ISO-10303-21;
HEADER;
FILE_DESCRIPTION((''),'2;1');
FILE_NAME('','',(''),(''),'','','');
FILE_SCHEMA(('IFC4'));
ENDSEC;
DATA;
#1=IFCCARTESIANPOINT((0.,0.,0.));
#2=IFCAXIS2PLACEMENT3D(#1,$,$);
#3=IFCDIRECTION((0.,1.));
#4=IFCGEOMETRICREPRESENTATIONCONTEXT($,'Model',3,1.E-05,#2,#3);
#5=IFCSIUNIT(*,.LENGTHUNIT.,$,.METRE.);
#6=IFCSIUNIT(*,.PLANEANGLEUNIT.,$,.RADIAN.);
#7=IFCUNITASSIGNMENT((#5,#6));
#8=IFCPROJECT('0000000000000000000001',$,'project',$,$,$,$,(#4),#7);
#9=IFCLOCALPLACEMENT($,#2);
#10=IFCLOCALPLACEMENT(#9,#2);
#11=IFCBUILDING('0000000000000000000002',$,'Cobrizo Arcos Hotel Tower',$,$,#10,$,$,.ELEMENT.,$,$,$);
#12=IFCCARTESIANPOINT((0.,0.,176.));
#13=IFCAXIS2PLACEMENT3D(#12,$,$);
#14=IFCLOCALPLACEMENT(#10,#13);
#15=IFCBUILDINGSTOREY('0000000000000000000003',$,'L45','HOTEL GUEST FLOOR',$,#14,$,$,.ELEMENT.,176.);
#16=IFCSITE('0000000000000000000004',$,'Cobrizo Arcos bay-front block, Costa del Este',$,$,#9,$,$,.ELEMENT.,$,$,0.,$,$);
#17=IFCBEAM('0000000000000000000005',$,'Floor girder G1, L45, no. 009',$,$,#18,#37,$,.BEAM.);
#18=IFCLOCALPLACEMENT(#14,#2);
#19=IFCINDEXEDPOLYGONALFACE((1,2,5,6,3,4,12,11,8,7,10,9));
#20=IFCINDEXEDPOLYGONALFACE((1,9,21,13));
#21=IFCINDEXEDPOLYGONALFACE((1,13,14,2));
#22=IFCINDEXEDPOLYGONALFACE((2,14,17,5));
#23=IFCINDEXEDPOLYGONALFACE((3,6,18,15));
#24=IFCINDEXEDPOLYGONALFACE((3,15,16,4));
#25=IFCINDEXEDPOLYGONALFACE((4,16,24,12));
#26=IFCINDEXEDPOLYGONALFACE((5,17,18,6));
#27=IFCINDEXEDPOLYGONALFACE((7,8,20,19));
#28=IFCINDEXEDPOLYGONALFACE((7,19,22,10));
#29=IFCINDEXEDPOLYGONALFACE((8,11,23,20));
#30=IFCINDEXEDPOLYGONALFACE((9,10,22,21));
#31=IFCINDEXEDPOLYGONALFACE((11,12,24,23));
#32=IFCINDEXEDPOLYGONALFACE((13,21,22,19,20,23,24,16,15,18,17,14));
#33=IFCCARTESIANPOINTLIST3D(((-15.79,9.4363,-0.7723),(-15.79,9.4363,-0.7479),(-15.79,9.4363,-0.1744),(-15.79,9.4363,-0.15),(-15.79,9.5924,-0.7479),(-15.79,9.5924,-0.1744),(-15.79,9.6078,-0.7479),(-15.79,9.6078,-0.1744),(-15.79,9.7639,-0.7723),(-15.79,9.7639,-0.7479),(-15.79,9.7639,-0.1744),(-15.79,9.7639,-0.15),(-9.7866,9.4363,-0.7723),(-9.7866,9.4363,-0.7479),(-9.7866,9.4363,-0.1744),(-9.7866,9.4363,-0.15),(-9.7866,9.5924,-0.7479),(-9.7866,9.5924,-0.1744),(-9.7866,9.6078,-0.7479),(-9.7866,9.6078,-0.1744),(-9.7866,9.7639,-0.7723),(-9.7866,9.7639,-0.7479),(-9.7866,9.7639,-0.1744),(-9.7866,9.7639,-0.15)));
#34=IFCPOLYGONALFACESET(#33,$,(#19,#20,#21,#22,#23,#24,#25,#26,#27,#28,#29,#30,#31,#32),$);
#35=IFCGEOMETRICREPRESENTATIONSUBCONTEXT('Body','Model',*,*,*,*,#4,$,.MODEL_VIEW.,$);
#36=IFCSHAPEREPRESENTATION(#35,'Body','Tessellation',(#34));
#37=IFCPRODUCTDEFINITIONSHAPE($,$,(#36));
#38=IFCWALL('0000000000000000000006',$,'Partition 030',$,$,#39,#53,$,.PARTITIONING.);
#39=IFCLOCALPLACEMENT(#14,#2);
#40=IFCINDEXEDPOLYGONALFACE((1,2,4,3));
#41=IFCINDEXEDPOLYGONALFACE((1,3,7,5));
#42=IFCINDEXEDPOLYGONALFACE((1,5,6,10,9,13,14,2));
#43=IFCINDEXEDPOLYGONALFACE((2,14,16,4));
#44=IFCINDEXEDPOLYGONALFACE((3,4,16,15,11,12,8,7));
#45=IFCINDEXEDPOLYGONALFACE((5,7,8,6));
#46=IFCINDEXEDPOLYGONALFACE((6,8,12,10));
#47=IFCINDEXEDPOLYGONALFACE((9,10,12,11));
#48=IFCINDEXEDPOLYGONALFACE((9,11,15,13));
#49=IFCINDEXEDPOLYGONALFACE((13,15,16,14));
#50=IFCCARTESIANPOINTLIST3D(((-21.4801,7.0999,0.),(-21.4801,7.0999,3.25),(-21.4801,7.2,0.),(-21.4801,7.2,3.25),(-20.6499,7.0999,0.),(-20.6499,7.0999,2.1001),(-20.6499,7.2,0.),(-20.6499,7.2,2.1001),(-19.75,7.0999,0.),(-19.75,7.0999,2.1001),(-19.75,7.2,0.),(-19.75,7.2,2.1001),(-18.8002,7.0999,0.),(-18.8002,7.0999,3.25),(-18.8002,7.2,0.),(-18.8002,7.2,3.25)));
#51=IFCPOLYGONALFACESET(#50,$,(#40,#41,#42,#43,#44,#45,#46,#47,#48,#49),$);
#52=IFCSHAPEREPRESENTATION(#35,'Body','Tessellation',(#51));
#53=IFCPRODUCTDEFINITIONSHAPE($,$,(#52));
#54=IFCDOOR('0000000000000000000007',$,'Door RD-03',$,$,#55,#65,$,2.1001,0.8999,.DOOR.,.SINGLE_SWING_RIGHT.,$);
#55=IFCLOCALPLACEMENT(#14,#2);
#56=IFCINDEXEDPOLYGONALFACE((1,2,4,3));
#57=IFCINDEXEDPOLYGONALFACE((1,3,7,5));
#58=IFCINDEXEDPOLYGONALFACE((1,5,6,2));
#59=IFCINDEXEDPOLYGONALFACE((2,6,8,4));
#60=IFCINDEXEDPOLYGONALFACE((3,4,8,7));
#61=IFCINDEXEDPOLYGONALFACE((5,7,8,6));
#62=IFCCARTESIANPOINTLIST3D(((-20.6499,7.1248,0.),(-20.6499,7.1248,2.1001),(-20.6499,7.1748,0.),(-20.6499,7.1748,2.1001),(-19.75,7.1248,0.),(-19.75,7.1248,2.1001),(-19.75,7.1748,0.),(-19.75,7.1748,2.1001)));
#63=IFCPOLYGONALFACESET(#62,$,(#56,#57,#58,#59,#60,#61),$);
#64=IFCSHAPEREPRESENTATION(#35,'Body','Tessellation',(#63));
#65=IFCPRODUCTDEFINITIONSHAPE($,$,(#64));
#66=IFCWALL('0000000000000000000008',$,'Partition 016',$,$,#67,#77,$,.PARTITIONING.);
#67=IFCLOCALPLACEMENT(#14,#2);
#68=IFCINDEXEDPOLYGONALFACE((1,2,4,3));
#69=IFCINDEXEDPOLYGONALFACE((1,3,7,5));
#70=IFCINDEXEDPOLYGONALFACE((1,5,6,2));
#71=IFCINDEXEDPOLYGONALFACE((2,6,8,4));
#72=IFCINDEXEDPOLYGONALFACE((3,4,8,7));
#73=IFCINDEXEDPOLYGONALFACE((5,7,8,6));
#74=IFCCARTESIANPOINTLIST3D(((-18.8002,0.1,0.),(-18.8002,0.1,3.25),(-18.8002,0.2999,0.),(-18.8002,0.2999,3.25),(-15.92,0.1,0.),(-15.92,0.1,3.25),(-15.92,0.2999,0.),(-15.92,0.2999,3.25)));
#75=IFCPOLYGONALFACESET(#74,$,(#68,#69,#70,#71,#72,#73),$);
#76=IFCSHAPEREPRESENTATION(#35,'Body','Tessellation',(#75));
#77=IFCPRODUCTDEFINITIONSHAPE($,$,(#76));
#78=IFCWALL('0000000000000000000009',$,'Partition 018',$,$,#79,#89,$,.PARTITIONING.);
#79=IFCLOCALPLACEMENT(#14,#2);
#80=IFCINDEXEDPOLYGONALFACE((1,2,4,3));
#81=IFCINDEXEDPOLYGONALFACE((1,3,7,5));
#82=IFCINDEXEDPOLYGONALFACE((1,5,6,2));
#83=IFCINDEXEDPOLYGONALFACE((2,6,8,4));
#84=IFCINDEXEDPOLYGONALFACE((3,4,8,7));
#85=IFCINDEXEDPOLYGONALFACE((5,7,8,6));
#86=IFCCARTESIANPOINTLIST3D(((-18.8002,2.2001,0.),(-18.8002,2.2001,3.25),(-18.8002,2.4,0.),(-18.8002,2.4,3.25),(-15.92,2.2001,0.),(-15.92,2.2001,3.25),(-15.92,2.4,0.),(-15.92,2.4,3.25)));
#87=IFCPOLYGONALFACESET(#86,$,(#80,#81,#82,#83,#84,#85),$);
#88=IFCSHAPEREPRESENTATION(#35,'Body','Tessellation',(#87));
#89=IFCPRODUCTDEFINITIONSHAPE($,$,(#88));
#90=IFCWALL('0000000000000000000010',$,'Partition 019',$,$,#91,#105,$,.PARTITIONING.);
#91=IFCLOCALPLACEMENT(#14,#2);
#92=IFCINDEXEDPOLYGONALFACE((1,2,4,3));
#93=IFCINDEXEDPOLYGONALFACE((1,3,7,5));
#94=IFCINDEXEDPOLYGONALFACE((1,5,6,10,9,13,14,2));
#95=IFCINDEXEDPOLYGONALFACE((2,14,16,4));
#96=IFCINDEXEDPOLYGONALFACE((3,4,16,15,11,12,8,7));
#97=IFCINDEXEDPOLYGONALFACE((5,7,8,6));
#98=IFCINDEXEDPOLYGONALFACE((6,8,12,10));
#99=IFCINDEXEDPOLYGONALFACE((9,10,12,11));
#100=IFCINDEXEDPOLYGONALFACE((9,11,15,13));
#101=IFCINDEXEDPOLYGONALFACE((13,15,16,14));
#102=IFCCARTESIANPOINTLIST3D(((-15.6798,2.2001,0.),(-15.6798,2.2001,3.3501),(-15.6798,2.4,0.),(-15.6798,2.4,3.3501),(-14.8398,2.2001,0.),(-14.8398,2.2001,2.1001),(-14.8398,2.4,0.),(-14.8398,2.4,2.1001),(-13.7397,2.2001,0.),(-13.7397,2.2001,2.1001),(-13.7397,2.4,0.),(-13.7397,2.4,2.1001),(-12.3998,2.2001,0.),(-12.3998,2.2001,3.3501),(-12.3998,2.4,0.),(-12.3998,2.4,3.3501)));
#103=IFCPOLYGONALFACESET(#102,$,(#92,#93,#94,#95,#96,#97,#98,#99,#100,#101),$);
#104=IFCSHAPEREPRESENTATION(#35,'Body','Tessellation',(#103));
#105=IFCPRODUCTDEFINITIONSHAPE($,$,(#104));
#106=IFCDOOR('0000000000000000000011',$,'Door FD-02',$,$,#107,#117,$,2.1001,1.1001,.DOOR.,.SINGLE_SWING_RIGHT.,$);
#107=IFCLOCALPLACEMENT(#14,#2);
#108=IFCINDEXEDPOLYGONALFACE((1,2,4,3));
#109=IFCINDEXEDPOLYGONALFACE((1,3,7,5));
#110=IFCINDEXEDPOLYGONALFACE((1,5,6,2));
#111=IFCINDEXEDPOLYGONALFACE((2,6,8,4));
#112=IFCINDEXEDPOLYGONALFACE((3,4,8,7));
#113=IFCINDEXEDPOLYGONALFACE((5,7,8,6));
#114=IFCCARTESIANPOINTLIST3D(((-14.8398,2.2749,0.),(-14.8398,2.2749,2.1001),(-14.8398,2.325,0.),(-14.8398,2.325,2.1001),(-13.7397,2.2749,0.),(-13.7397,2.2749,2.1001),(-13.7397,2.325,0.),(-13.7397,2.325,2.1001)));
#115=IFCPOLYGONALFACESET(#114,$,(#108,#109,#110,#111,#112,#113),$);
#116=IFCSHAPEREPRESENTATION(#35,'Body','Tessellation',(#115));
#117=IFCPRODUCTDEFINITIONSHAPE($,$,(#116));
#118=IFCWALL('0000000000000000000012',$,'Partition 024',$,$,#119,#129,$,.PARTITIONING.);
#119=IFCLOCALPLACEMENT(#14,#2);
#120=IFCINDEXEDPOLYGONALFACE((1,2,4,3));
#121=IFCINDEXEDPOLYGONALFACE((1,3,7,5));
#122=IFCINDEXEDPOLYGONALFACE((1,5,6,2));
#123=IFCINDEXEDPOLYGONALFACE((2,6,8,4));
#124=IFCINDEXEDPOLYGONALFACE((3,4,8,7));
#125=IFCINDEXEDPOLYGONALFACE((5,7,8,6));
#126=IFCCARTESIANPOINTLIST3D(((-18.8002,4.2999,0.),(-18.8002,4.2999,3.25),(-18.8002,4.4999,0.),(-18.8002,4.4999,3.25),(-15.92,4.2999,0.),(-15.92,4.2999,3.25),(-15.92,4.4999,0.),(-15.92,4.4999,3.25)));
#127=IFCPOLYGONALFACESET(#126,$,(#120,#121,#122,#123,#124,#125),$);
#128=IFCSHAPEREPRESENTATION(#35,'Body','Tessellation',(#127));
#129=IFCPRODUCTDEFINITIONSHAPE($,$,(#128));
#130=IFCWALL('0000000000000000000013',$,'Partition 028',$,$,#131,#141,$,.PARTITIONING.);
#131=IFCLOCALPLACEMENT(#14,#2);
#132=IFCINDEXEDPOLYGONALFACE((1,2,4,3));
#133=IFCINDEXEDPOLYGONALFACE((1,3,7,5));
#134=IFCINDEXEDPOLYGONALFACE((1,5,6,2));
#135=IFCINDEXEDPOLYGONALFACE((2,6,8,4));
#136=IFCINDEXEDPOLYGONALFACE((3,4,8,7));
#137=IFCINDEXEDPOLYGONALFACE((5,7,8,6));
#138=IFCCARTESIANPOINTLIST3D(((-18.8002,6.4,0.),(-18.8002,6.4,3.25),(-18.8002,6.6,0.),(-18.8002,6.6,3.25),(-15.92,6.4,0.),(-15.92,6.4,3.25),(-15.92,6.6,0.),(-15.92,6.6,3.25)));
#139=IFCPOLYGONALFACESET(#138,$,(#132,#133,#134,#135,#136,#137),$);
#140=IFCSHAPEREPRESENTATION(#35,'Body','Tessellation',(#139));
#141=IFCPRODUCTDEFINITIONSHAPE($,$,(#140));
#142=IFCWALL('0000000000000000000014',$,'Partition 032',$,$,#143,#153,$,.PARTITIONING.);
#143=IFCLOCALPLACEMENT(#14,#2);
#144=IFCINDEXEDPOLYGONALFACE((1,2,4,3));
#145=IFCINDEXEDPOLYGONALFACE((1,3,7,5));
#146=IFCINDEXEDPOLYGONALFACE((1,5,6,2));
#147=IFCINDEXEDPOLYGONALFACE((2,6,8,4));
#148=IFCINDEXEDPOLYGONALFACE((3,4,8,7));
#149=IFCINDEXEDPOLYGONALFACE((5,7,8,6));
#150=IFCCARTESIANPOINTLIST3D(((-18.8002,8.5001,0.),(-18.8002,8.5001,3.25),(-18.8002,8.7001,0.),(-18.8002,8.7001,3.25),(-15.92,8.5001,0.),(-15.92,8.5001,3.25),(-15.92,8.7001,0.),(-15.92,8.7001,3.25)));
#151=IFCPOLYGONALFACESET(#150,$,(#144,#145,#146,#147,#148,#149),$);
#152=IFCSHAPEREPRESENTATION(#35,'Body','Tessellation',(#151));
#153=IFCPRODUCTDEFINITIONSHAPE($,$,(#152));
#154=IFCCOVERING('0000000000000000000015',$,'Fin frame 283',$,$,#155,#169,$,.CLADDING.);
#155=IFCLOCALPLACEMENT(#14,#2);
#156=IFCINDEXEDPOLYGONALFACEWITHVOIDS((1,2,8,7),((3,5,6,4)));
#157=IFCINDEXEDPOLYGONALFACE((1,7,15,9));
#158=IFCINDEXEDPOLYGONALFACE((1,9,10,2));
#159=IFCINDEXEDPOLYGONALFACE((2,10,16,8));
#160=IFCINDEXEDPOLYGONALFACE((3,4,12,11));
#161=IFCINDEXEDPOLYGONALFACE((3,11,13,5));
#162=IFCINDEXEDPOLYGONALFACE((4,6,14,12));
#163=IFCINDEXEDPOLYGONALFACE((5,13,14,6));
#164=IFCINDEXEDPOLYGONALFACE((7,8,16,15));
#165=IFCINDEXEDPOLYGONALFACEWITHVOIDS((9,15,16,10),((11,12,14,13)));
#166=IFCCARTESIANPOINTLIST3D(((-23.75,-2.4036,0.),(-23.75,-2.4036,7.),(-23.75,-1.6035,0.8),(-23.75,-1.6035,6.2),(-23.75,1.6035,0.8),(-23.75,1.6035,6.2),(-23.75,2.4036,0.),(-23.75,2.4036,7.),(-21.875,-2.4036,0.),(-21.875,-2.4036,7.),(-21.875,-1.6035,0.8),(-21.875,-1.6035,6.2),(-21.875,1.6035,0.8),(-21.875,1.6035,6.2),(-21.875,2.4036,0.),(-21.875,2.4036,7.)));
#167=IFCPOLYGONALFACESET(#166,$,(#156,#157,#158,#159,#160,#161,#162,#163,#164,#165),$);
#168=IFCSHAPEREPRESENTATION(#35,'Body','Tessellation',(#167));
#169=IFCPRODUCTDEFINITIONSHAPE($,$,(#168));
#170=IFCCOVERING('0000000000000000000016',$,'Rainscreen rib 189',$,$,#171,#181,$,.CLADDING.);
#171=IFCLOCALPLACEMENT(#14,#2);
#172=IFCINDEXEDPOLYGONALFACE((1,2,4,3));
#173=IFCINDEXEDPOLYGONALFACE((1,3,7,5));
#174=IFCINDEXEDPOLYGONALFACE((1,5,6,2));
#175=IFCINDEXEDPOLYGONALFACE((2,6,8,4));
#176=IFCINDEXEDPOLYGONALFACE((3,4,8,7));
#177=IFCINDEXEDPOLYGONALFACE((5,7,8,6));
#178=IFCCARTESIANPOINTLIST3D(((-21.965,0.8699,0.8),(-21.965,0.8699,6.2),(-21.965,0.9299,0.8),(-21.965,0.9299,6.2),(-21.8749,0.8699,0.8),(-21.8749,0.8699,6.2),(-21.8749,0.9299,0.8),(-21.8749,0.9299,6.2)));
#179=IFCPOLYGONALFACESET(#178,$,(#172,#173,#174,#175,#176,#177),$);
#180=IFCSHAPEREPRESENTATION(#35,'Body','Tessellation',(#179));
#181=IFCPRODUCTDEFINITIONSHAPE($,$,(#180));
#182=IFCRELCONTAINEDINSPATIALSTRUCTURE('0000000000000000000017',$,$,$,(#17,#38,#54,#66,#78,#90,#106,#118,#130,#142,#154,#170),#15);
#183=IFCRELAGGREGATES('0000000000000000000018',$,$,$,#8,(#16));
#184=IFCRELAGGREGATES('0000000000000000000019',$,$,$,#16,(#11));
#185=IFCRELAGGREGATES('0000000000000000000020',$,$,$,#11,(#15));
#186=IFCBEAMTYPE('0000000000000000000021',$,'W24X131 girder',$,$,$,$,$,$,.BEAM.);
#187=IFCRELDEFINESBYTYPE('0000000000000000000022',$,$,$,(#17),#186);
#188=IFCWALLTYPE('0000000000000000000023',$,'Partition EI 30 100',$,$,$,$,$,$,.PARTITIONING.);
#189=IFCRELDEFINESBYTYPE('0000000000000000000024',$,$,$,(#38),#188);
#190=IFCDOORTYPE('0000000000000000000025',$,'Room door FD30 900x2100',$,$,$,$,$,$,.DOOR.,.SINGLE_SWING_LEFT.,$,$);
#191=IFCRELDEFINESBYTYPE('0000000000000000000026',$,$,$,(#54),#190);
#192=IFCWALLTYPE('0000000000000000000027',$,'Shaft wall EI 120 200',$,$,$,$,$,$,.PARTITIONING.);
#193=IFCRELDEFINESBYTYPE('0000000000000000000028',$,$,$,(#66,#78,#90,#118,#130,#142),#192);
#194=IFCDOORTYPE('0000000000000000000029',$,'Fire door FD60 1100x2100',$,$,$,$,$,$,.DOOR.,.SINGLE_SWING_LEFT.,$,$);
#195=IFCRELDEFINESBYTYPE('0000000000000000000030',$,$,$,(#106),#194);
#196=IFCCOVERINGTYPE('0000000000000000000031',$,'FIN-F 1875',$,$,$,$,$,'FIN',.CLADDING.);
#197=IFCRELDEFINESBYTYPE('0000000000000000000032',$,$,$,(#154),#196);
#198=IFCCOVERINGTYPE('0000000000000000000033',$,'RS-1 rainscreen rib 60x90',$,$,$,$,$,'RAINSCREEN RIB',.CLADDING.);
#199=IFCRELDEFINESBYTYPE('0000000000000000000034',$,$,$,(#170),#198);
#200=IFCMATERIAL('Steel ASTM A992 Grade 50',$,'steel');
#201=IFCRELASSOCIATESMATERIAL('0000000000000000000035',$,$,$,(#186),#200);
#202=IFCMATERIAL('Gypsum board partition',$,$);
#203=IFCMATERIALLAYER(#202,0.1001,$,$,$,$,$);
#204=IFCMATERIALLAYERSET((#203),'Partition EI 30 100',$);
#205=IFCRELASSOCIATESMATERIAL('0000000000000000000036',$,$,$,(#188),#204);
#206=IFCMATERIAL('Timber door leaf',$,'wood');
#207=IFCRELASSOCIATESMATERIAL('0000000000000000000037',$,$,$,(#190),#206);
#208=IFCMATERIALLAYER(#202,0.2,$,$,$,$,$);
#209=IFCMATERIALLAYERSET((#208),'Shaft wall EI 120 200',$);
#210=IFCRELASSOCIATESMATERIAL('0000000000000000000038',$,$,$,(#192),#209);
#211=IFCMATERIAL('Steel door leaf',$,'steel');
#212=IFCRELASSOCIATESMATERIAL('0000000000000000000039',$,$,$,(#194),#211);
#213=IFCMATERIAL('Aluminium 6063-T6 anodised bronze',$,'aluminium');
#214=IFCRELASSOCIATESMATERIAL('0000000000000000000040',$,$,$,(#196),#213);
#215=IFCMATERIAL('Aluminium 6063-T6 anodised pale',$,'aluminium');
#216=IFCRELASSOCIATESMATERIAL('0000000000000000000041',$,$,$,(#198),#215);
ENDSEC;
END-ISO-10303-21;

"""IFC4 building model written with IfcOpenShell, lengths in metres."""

from ifc_helpers import new_model, si_unit, direction, frame, frame_2d, origin, origin_2d, place, context, subcontext, project, spatial, polyline, rectangle, i_section, outline, extrude, material, layer, layer_set, material_profile, profile_set, type_object, element, fill, save


model = new_model("IFC4")

# Units and contexts
model_context = context("Model", 3, precision=1e-05, world=origin(), true_north=direction((0.0, 1.0)))
body_context = subcontext(model_context, "Body", "Model", "MODEL_VIEW")
ifc_project = project(units=[si_unit("LENGTHUNIT", "METRE"), si_unit("PLANEANGLEUNIT", "RADIAN")], contexts=[model_context])

# Site, building, storey
site_placement = place(None, origin())
site = spatial("IfcSite", under=ifc_project, at=site_placement, Name="Cobrizo Arcos bay-front block, Costa del Este", CompositionType="ELEMENT", RefElevation=0.0)
building_placement = place(site_placement, origin())
building = spatial("IfcBuilding", under=site, at=building_placement, Name="Cobrizo Arcos Hotel Tower", CompositionType="ELEMENT")
storey_placement = place(building_placement, frame((0.0, 0.0, 176.0)))
storey = spatial("IfcBuildingStorey", under=building, at=storey_placement, Name="L45", Description="HOTEL GUEST FLOOR", CompositionType="ELEMENT", Elevation=176.0)

# Beam
ifc_material_1 = material(Name="Steel ASTM A992 Grade 50", Category="steel")
ifc_material_profile = material_profile(ifc_material_1, i_section(OverallWidth=0.3276, OverallDepth=0.6223, WebThickness=0.0154, FlangeThickness=0.0244, at=origin_2d()), Name="W24X131")
ifc_profile_set = profile_set([ifc_material_profile], Name="Steel ASTM A992 Grade 50")
beam_type = type_object("IfcBeamType", Name="W24X131 girder", PredefinedType="BEAM", material=ifc_profile_set)
beam_placement = place(storey_placement, frame((-15.79, 9.6001, -0.4612), z_axis=(1.0, 0.0, 0.0), x_axis=(0.0, 1.0, 0.0)))
element("IfcBeam", 1, at=beam_placement, inside=storey, type_object=beam_type, Name="Floor girder G1, L45, no. 009", PredefinedType="BEAM", context=body_context, shape_type="SweptSolid", body=[
    extrude(i_section(OverallWidth=0.3276, OverallDepth=0.6223, WebThickness=0.0154, FlangeThickness=0.0244, at=origin_2d()), origin(), (0.0, 0.0, 1.0), 6.0034),
])

# Wall, opening, door
ifc_material_2 = material(Name="Gypsum board partition")
ifc_layer_1 = layer(ifc_material_2, 0.1001)
ifc_layer_set_1 = layer_set([ifc_layer_1], Name="Partition EI 30 100")
wall_type_1 = type_object("IfcWallType", Name="Partition EI 30 100", PredefinedType="PARTITIONING", material=ifc_layer_set_1)
wall_1_placement = place(storey_placement, frame((-21.48, 7.1499, 0.0), z_axis=(0.0, 0.0, 1.0), x_axis=(1.0, 0.0, 0.0)))
wall_1 = element("IfcWall", 2, at=wall_1_placement, inside=storey, type_object=wall_type_1, Name="Partition 030", PredefinedType="PARTITIONING", context=body_context, shape_type="SweptSolid", body=[
    extrude(rectangle(XDim=2.6799, YDim=0.1001, at=frame_2d((1.3398, 0.0))), origin(), (0.0, 0.0, 1.0), 3.25),
])
opening_1_placement = place(wall_1_placement, frame((0.8301, 0.0, 0.0)))
opening_1 = element("IfcOpeningElement", 3, at=opening_1_placement, cuts=wall_1, PredefinedType="OPENING", context=body_context, shape_type="SweptSolid", body=[
    extrude(rectangle(XDim=0.8999, YDim=2.1001, at=frame_2d((0.45, 1.05))), frame((0.0, 0.062, 0.0), z_axis=(0.0, -1.0, 0.0), x_axis=(1.0, 0.0, 0.0)), (0.0, 0.0, 1.0), 0.124),
])
ifc_material_3 = material(Name="Timber door leaf", Category="wood")
door_type_1 = type_object("IfcDoorType", Name="Room door FD30 900x2100", OperationType="SINGLE_SWING_LEFT", PredefinedType="DOOR", material=ifc_material_3)
door_1_placement = place(opening_1_placement, origin())
door_1 = element("IfcDoor", 4, at=door_1_placement, inside=storey, type_object=door_type_1, Name="Door RD-03", OperationType="SINGLE_SWING_RIGHT", OverallHeight=2.1001, OverallWidth=0.8999, PredefinedType="DOOR", context=body_context, shape_type="SweptSolid", body=[
    extrude(rectangle(XDim=0.8999, YDim=2.1001, at=frame_2d((0.45, 1.05))), frame((0.0, 0.0249, 0.0), z_axis=(0.0, -1.0, 0.0), x_axis=(1.0, 0.0, 0.0)), (0.0, 0.0, 1.0), 0.05),
])
fill(opening_1, door_1)

# Walls
ifc_layer_2 = layer(ifc_material_2, 0.2)
ifc_layer_set_2 = layer_set([ifc_layer_2], Name="Shaft wall EI 120 200")
wall_type_2 = type_object("IfcWallType", Name="Shaft wall EI 120 200", PredefinedType="PARTITIONING", material=ifc_layer_set_2)
for number, where, z_axis, x_axis, name in (
    (5, (-18.8, 0.2, 0.0), (0.0, 0.0, 1.0), (1.0, 0.0, 0.0), "Partition 016"),
    (6, (-18.8, 2.3, 0.0), (0.0, 0.0, 1.0), (1.0, 0.0, 0.0), "Partition 018"),
):
    element("IfcWall", number, at=place(storey_placement, frame(where, z_axis=z_axis, x_axis=x_axis)), inside=storey, type_object=wall_type_2, Name=name, PredefinedType="PARTITIONING", context=body_context, shape_type="SweptSolid", body=[
        extrude(rectangle(XDim=2.8801, YDim=0.2, at=frame_2d((1.4399, 0.0))), origin(), (0.0, 0.0, 1.0), 3.25),
    ])

# Wall, opening, door
wall_2_placement = place(storey_placement, frame((-15.6799, 2.3, 0.0), z_axis=(0.0, 0.0, 1.0), x_axis=(1.0, 0.0, 0.0)))
wall_2 = element("IfcWall", 7, at=wall_2_placement, inside=storey, type_object=wall_type_2, Name="Partition 019", PredefinedType="PARTITIONING", context=body_context, shape_type="SweptSolid", body=[
    extrude(rectangle(XDim=3.28, YDim=0.2, at=frame_2d((1.6401, 0.0))), origin(), (0.0, 0.0, 1.0), 3.3501),
])
opening_2_placement = place(wall_2_placement, frame((0.8401, 0.0, 0.0)))
opening_2 = element("IfcOpeningElement", 8, at=opening_2_placement, cuts=wall_2, PredefinedType="OPENING", context=body_context, shape_type="SweptSolid", body=[
    extrude(rectangle(XDim=1.1001, YDim=2.1001, at=frame_2d((0.55, 1.05))), frame((0.0, 0.1121, 0.0), z_axis=(0.0, -1.0, 0.0), x_axis=(1.0, 0.0, 0.0)), (0.0, 0.0, 1.0), 0.2239),
])
ifc_material_4 = material(Name="Steel door leaf", Category="steel")
door_type_2 = type_object("IfcDoorType", Name="Fire door FD60 1100x2100", OperationType="SINGLE_SWING_LEFT", PredefinedType="DOOR", material=ifc_material_4)
door_2_placement = place(opening_2_placement, origin())
door_2 = element("IfcDoor", 9, at=door_2_placement, inside=storey, type_object=door_type_2, Name="Door FD-02", OperationType="SINGLE_SWING_RIGHT", OverallHeight=2.1001, OverallWidth=1.1001, PredefinedType="DOOR", context=body_context, shape_type="SweptSolid", body=[
    extrude(rectangle(XDim=1.1001, YDim=2.1001, at=frame_2d((0.55, 1.05))), frame((0.0, 0.0249, 0.0), z_axis=(0.0, -1.0, 0.0), x_axis=(1.0, 0.0, 0.0)), (0.0, 0.0, 1.0), 0.05),
])
fill(opening_2, door_2)

# Walls
for number, where, z_axis, x_axis, name in (
    (10, (-18.8, 4.3999, 0.0), (0.0, 0.0, 1.0), (1.0, 0.0, 0.0), "Partition 024"),
    (11, (-18.8, 6.5, 0.0), (0.0, 0.0, 1.0), (1.0, 0.0, 0.0), "Partition 028"),
    (12, (-18.8, 8.6001, 0.0), (0.0, 0.0, 1.0), (1.0, 0.0, 0.0), "Partition 032"),
):
    element("IfcWall", number, at=place(storey_placement, frame(where, z_axis=z_axis, x_axis=x_axis)), inside=storey, type_object=wall_type_2, Name=name, PredefinedType="PARTITIONING", context=body_context, shape_type="SweptSolid", body=[
        extrude(rectangle(XDim=2.8801, YDim=0.2, at=frame_2d((1.4399, 0.0))), origin(), (0.0, 0.0, 1.0), 3.25),
    ])

# Coverings
ifc_material_5 = material(Name="Aluminium 6063-T6 anodised bronze", Category="aluminium")
covering_type_1 = type_object("IfcCoveringType", Name="FIN-F 1875", ElementType="FIN", PredefinedType="CLADDING", material=ifc_material_5)
covering_1_placement = place(storey_placement, frame((-21.875, 2.4036, 0.0), z_axis=(-1.0, 0.0, 0.0), x_axis=(0.0, -1.0, 0.0)))
element("IfcCovering", 13, at=covering_1_placement, inside=storey, type_object=covering_type_1, Name="Fin frame 283", PredefinedType="CLADDING", context=body_context, shape_type="SweptSolid", body=[
    extrude(outline(polyline([(0.0, 7.0), (0.0, 0.0), (4.8071, 0.0), (4.8071, 7.0), (0.0, 7.0)]), holes=[polyline([(4.0071, 0.8), (0.8, 0.8), (0.8, 6.2), (4.0071, 6.2), (4.0071, 0.8)])]), origin(), (0.0, 0.0, 1.0), 1.875),
])
ifc_material_6 = material(Name="Aluminium 6063-T6 anodised pale", Category="aluminium")
covering_type_2 = type_object("IfcCoveringType", Name="RS-1 rainscreen rib 60x90", ElementType="RAINSCREEN RIB", PredefinedType="CLADDING", material=ifc_material_6)
covering_2_placement = place(storey_placement, frame((-21.9199, 0.8999, 0.8), z_axis=(0.0, 0.0, 1.0), x_axis=(0.0, -1.0, 0.0)))
element("IfcCovering", 14, at=covering_2_placement, inside=storey, type_object=covering_type_2, Name="Rainscreen rib 189", PredefinedType="CLADDING", context=body_context, shape_type="SweptSolid", body=[
    extrude(rectangle(XDim=0.0601, YDim=0.0901, at=origin_2d()), origin(), (0.0, 0.0, 1.0), 5.3999),
])

save(model, "model.ifc")
